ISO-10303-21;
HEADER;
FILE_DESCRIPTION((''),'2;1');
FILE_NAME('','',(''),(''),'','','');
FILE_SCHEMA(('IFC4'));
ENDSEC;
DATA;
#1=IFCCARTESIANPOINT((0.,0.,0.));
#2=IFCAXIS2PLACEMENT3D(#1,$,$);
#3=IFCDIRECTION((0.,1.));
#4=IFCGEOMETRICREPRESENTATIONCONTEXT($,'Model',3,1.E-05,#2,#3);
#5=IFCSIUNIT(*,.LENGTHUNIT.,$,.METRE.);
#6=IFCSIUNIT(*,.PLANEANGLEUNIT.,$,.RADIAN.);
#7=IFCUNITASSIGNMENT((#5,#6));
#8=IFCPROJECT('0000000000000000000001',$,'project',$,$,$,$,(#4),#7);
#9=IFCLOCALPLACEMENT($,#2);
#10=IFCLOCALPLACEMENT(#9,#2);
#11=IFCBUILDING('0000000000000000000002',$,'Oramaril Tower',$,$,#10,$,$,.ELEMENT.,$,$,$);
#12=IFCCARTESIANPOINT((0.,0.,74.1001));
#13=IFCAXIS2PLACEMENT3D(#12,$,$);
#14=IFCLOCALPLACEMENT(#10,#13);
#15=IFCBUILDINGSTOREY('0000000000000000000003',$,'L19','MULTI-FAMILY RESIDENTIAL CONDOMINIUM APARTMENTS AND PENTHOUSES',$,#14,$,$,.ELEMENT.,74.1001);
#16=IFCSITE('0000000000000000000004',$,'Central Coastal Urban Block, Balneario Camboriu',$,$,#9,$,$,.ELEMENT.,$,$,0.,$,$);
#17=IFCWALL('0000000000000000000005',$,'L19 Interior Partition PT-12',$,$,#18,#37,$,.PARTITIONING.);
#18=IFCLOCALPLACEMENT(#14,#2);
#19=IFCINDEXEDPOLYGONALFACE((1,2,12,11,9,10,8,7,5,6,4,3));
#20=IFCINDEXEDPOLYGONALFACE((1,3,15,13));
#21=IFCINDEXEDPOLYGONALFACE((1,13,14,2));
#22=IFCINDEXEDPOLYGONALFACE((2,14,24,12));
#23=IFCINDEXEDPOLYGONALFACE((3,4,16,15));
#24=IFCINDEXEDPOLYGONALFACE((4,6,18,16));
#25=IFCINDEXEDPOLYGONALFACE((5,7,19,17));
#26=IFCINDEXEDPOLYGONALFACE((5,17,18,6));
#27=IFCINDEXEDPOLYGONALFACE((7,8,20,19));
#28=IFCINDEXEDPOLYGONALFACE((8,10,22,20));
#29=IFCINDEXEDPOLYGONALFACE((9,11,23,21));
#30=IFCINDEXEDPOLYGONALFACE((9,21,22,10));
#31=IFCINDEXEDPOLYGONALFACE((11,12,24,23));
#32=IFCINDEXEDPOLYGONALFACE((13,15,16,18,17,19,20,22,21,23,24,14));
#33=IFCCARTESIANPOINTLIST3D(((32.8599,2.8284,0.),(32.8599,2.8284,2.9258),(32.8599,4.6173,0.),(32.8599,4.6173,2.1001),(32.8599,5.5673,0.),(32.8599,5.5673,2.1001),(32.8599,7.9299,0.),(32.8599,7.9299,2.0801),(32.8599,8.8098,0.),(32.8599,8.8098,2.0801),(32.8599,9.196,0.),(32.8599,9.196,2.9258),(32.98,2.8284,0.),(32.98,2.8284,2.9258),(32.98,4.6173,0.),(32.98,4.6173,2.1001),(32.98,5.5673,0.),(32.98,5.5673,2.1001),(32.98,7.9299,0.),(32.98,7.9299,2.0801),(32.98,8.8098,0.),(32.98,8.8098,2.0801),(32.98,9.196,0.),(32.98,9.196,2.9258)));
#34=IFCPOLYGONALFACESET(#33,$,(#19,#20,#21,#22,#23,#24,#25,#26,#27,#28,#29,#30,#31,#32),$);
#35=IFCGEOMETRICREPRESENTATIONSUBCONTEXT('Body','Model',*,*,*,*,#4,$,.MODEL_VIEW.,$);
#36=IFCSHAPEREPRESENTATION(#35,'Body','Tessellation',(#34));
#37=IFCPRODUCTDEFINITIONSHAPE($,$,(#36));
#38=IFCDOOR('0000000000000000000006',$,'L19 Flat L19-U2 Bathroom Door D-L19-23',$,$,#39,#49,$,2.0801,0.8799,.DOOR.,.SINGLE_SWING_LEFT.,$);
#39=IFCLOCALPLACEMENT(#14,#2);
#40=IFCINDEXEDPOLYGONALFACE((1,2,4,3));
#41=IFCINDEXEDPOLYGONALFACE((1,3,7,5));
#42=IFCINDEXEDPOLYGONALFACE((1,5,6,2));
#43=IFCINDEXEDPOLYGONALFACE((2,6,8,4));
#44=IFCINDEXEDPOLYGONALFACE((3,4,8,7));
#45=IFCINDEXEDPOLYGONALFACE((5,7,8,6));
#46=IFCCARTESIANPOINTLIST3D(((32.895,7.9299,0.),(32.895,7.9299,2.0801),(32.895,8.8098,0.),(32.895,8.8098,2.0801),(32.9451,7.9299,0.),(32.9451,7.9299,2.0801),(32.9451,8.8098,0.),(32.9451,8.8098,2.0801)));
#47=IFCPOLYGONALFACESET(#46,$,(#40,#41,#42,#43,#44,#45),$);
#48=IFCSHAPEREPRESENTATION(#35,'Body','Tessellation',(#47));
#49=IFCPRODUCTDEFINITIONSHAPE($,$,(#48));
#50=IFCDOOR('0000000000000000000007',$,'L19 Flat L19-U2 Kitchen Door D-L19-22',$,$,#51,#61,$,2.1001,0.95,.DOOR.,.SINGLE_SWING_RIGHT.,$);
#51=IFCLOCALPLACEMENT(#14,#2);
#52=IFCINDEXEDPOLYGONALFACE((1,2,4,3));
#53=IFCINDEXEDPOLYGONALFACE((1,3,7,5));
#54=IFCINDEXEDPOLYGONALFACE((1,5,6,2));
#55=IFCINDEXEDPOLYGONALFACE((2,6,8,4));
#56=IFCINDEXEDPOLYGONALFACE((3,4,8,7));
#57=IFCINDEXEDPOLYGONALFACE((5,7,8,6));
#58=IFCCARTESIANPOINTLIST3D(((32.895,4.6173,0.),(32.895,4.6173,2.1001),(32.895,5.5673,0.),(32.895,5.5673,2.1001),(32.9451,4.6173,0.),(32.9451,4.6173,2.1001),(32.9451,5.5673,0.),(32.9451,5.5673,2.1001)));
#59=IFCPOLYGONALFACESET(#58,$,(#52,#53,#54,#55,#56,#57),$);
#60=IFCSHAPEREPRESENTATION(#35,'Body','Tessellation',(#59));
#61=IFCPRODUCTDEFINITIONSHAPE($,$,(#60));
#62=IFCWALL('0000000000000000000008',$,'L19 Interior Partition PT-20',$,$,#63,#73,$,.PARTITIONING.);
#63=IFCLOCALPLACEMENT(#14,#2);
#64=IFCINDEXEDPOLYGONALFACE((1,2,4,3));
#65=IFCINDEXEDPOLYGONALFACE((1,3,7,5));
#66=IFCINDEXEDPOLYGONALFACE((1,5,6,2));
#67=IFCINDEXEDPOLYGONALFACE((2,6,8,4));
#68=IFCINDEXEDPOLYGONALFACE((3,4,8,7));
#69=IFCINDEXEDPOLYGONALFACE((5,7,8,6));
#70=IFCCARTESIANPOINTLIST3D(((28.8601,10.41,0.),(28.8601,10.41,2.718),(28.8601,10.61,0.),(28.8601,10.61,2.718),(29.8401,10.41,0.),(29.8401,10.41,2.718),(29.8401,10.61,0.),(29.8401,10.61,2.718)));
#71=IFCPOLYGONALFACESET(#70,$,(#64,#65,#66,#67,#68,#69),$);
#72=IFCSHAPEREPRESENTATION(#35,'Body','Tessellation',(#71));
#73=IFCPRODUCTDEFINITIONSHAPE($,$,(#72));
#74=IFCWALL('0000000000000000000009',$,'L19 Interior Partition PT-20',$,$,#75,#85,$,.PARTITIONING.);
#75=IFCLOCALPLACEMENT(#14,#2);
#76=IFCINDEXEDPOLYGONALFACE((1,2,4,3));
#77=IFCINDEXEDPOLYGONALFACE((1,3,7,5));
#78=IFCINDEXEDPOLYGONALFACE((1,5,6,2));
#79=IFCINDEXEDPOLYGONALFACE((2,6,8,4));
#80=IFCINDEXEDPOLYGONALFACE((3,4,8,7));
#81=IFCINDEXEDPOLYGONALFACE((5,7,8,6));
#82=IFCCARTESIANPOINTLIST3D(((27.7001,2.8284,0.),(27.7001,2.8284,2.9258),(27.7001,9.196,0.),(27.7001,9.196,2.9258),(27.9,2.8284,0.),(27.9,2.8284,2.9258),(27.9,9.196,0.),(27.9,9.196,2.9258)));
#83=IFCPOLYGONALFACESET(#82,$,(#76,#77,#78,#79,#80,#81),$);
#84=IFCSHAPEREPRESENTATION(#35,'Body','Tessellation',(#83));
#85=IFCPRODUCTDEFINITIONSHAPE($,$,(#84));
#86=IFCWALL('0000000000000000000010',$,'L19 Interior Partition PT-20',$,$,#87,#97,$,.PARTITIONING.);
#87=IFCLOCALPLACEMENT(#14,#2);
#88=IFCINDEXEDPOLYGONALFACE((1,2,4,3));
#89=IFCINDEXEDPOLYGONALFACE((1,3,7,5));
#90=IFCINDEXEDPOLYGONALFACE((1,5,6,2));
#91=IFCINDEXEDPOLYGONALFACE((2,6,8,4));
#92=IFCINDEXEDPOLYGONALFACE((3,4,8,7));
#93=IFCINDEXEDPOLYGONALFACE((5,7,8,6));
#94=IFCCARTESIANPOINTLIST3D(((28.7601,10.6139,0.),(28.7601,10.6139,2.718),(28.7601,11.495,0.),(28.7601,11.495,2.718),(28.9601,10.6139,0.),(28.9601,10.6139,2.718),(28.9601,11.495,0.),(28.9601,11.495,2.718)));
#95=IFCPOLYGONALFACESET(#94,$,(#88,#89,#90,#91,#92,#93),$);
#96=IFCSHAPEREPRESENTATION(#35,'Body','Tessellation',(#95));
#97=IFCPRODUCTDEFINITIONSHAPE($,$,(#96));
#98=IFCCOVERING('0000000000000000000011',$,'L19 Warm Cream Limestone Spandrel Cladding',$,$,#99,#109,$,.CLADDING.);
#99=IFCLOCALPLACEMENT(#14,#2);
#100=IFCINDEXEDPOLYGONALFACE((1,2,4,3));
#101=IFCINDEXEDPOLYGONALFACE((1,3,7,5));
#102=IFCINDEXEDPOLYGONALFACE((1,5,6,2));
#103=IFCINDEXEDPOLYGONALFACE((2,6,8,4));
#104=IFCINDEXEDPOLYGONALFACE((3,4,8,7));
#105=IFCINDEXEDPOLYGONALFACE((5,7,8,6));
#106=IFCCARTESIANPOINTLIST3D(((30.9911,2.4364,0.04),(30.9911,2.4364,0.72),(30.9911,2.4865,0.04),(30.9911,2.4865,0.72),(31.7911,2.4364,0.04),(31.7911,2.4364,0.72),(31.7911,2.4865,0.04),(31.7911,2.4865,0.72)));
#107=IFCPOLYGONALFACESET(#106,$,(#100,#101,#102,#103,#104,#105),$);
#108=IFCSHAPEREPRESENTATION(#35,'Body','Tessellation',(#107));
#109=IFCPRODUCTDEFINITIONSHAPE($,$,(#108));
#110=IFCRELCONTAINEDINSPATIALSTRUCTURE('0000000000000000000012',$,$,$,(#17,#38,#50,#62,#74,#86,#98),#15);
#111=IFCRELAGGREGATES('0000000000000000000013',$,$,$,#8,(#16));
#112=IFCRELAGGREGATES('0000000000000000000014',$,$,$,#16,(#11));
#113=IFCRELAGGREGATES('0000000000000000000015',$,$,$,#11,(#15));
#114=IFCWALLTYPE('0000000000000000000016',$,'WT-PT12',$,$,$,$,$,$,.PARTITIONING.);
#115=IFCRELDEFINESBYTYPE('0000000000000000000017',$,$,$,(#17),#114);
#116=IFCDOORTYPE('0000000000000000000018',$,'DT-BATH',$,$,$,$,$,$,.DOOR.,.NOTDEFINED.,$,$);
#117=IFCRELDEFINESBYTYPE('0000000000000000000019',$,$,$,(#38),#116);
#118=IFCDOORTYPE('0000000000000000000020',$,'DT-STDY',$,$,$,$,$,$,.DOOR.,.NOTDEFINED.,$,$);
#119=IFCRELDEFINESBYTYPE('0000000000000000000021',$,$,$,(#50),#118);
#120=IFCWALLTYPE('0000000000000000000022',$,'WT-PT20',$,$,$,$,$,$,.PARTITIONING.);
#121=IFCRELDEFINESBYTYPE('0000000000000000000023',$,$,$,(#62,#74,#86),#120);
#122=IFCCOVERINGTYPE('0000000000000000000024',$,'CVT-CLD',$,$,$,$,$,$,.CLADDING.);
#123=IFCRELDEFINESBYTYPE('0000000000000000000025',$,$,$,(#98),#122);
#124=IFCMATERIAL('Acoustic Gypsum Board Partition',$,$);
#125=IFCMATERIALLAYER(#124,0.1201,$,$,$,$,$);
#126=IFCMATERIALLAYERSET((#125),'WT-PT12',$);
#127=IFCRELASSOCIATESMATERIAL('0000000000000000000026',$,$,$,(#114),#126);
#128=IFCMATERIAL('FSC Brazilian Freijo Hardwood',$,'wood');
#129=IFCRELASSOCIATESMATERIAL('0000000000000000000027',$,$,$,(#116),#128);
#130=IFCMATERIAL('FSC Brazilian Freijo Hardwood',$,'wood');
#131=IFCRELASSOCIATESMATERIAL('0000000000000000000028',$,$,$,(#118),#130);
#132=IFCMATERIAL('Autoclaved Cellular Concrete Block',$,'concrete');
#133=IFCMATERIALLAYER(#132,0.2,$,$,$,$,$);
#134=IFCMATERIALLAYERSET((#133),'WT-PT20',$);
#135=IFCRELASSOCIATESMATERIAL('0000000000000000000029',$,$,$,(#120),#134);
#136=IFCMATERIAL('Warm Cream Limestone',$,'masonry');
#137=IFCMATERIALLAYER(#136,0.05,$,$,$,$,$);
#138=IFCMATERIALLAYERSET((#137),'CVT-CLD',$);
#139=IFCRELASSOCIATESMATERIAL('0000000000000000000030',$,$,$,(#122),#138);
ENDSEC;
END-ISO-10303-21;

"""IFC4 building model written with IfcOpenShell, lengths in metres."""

from ifc_helpers import new_model, si_unit, direction, frame, frame_2d, origin, origin_2d, place, context, subcontext, project, spatial, rectangle, extrude, material, layer, layer_set, type_object, element, fill, save


model = new_model("IFC4")

# Units and contexts
model_context = context("Model", 3, precision=1e-05, world=origin(), true_north=direction((0.0, 1.0)))
body_context = subcontext(model_context, "Body", "Model", "MODEL_VIEW")
ifc_project = project(units=[si_unit("LENGTHUNIT", "METRE"), si_unit("PLANEANGLEUNIT", "RADIAN")], contexts=[model_context])

# Site, building, storey
site_placement = place(None, origin())
site = spatial("IfcSite", under=ifc_project, at=site_placement, Name="Central Coastal Urban Block, Balneario Camboriu", CompositionType="ELEMENT", RefElevation=0.0)
building_placement = place(site_placement, origin())
building = spatial("IfcBuilding", under=site, at=building_placement, Name="Oramaril Tower", CompositionType="ELEMENT")
storey_placement = place(building_placement, frame((0.0, 0.0, 74.1001)))
storey = spatial("IfcBuildingStorey", under=building, at=storey_placement, Name="L19", Description="MULTI-FAMILY RESIDENTIAL CONDOMINIUM APARTMENTS AND PENTHOUSES", CompositionType="ELEMENT", Elevation=74.1001)

# Wall, openings, doors
ifc_material_1 = material(Name="Acoustic Gypsum Board Partition")
ifc_layer_1 = layer(ifc_material_1, 0.1201)
ifc_layer_set_1 = layer_set([ifc_layer_1], Name="WT-PT12")
wall_type_1 = type_object("IfcWallType", Name="WT-PT12", PredefinedType="PARTITIONING", material=ifc_layer_set_1)
wall_1_placement = place(storey_placement, frame((32.9199, 2.8284, 0.0), z_axis=(0.0, 0.0, 1.0), x_axis=(0.0, 1.0, 0.0)))
wall_1 = element("IfcWall", 1, at=wall_1_placement, inside=storey, type_object=wall_type_1, Name="L19 Interior Partition PT-12", PredefinedType="PARTITIONING", context=body_context, shape_type="SweptSolid", body=[
    extrude(rectangle(XDim=6.3677, YDim=0.1201, at=frame_2d((3.1838, 0.0))), origin(), (0.0, 0.0, 1.0), 2.9258),
])
opening_1_placement = place(wall_1_placement, frame((1.7888, 0.0, 0.0)))
opening_1 = element("IfcOpeningElement", 2, at=opening_1_placement, cuts=wall_1, PredefinedType="OPENING", context=body_context, shape_type="SweptSolid", body=[
    extrude(rectangle(XDim=0.95, YDim=2.1001, at=frame_2d((0.4751, 1.05))), frame((0.0, 0.0601, 0.0), z_axis=(0.0, -1.0, 0.0), x_axis=(1.0, 0.0, 0.0)), (0.0, 0.0, 1.0), 0.1201),
])
opening_2_placement = place(wall_1_placement, frame((5.1016, 0.0, 0.0)))
opening_2 = element("IfcOpeningElement", 3, at=opening_2_placement, cuts=wall_1, PredefinedType="OPENING", context=body_context, shape_type="SweptSolid", body=[
    extrude(rectangle(XDim=0.8799, YDim=2.0801, at=frame_2d((0.4399, 1.04))), frame((0.0, 0.0601, 0.0), z_axis=(0.0, -1.0, 0.0), x_axis=(1.0, 0.0, 0.0)), (0.0, 0.0, 1.0), 0.1201),
])
ifc_material_2 = material(Name="FSC Brazilian Freijo Hardwood", Category="wood")
door_type_1 = type_object("IfcDoorType", Name="DT-BATH", OperationType="NOTDEFINED", PredefinedType="DOOR", material=ifc_material_2)
door_1_placement = place(opening_2_placement, origin())
door_1 = element("IfcDoor", 4, at=door_1_placement, inside=storey, type_object=door_type_1, Name="L19 Flat L19-U2 Bathroom Door D-L19-23", OperationType="SINGLE_SWING_LEFT", OverallHeight=2.0801, OverallWidth=0.8799, PredefinedType="DOOR", context=body_context, shape_type="SweptSolid", body=[
    extrude(rectangle(XDim=0.8799, YDim=2.0801, at=frame_2d((0.4399, 1.04))), frame((0.0, 0.0249, 0.0), z_axis=(0.0, -1.0, 0.0), x_axis=(1.0, 0.0, 0.0)), (0.0, 0.0, 1.0), 0.05),
])
fill(opening_2, door_1)
ifc_material_3 = material(Name="FSC Brazilian Freijo Hardwood", Category="wood")
door_type_2 = type_object("IfcDoorType", Name="DT-STDY", OperationType="NOTDEFINED", PredefinedType="DOOR", material=ifc_material_3)
door_2_placement = place(opening_1_placement, origin())
door_2 = element("IfcDoor", 5, at=door_2_placement, inside=storey, type_object=door_type_2, Name="L19 Flat L19-U2 Kitchen Door D-L19-22", OperationType="SINGLE_SWING_RIGHT", OverallHeight=2.1001, OverallWidth=0.95, PredefinedType="DOOR", context=body_context, shape_type="SweptSolid", body=[
    extrude(rectangle(XDim=0.95, YDim=2.1001, at=frame_2d((0.4751, 1.05))), frame((0.0, 0.0249, 0.0), z_axis=(0.0, -1.0, 0.0), x_axis=(1.0, 0.0, 0.0)), (0.0, 0.0, 1.0), 0.05),
])
fill(opening_1, door_2)

# Walls
ifc_material_4 = material(Name="Autoclaved Cellular Concrete Block", Category="concrete")
ifc_layer_2 = layer(ifc_material_4, 0.2)
ifc_layer_set_2 = layer_set([ifc_layer_2], Name="WT-PT20")
wall_type_2 = type_object("IfcWallType", Name="WT-PT20", PredefinedType="PARTITIONING", material=ifc_layer_set_2)
wall_2_placement = place(storey_placement, frame((28.8601, 10.51, 0.0), z_axis=(0.0, 0.0, 1.0), x_axis=(1.0, 0.0, 0.0)))
element("IfcWall", 6, at=wall_2_placement, inside=storey, type_object=wall_type_2, Name="L19 Interior Partition PT-20", PredefinedType="PARTITIONING", context=body_context, shape_type="SweptSolid", body=[
    extrude(rectangle(XDim=0.98, YDim=0.2, at=frame_2d((0.49, 0.0))), origin(), (0.0, 0.0, 1.0), 2.718),
])
wall_3_placement = place(storey_placement, frame((27.8, 2.8284, 0.0), z_axis=(0.0, 0.0, 1.0), x_axis=(0.0, 1.0, 0.0)))
element("IfcWall", 7, at=wall_3_placement, inside=storey, type_object=wall_type_2, Name="L19 Interior Partition PT-20", PredefinedType="PARTITIONING", context=body_context, shape_type="SweptSolid", body=[
    extrude(rectangle(XDim=6.3677, YDim=0.2, at=frame_2d((3.1838, 0.0))), origin(), (0.0, 0.0, 1.0), 2.9258),
])
wall_4_placement = place(storey_placement, frame((28.8601, 10.614, 0.0), z_axis=(0.0, 0.0, 1.0), x_axis=(0.0, 1.0, 0.0)))
element("IfcWall", 8, at=wall_4_placement, inside=storey, type_object=wall_type_2, Name="L19 Interior Partition PT-20", PredefinedType="PARTITIONING", context=body_context, shape_type="SweptSolid", body=[
    extrude(rectangle(XDim=0.8811, YDim=0.2, at=frame_2d((0.4404, 0.0))), origin(), (0.0, 0.0, 1.0), 2.718),
])

# Covering
ifc_material_5 = material(Name="Warm Cream Limestone", Category="masonry")
ifc_layer_3 = layer(ifc_material_5, 0.05)
ifc_layer_set_3 = layer_set([ifc_layer_3], Name="CVT-CLD")
covering_type = type_object("IfcCoveringType", Name="CVT-CLD", PredefinedType="CLADDING", material=ifc_layer_set_3)
covering_placement = place(storey_placement, frame((31.3911, 2.4614, 0.04), z_axis=(0.0, 0.0, 1.0), x_axis=(1.0, 0.0, 0.0)))
element("IfcCovering", 9, at=covering_placement, inside=storey, type_object=covering_type, Name="L19 Warm Cream Limestone Spandrel Cladding", PredefinedType="CLADDING", context=body_context, shape_type="SweptSolid", body=[
    extrude(rectangle(XDim=0.8, YDim=0.05, at=origin_2d()), origin(), (0.0, 0.0, 1.0), 0.6799),
])

save(model, "model.ifc")
